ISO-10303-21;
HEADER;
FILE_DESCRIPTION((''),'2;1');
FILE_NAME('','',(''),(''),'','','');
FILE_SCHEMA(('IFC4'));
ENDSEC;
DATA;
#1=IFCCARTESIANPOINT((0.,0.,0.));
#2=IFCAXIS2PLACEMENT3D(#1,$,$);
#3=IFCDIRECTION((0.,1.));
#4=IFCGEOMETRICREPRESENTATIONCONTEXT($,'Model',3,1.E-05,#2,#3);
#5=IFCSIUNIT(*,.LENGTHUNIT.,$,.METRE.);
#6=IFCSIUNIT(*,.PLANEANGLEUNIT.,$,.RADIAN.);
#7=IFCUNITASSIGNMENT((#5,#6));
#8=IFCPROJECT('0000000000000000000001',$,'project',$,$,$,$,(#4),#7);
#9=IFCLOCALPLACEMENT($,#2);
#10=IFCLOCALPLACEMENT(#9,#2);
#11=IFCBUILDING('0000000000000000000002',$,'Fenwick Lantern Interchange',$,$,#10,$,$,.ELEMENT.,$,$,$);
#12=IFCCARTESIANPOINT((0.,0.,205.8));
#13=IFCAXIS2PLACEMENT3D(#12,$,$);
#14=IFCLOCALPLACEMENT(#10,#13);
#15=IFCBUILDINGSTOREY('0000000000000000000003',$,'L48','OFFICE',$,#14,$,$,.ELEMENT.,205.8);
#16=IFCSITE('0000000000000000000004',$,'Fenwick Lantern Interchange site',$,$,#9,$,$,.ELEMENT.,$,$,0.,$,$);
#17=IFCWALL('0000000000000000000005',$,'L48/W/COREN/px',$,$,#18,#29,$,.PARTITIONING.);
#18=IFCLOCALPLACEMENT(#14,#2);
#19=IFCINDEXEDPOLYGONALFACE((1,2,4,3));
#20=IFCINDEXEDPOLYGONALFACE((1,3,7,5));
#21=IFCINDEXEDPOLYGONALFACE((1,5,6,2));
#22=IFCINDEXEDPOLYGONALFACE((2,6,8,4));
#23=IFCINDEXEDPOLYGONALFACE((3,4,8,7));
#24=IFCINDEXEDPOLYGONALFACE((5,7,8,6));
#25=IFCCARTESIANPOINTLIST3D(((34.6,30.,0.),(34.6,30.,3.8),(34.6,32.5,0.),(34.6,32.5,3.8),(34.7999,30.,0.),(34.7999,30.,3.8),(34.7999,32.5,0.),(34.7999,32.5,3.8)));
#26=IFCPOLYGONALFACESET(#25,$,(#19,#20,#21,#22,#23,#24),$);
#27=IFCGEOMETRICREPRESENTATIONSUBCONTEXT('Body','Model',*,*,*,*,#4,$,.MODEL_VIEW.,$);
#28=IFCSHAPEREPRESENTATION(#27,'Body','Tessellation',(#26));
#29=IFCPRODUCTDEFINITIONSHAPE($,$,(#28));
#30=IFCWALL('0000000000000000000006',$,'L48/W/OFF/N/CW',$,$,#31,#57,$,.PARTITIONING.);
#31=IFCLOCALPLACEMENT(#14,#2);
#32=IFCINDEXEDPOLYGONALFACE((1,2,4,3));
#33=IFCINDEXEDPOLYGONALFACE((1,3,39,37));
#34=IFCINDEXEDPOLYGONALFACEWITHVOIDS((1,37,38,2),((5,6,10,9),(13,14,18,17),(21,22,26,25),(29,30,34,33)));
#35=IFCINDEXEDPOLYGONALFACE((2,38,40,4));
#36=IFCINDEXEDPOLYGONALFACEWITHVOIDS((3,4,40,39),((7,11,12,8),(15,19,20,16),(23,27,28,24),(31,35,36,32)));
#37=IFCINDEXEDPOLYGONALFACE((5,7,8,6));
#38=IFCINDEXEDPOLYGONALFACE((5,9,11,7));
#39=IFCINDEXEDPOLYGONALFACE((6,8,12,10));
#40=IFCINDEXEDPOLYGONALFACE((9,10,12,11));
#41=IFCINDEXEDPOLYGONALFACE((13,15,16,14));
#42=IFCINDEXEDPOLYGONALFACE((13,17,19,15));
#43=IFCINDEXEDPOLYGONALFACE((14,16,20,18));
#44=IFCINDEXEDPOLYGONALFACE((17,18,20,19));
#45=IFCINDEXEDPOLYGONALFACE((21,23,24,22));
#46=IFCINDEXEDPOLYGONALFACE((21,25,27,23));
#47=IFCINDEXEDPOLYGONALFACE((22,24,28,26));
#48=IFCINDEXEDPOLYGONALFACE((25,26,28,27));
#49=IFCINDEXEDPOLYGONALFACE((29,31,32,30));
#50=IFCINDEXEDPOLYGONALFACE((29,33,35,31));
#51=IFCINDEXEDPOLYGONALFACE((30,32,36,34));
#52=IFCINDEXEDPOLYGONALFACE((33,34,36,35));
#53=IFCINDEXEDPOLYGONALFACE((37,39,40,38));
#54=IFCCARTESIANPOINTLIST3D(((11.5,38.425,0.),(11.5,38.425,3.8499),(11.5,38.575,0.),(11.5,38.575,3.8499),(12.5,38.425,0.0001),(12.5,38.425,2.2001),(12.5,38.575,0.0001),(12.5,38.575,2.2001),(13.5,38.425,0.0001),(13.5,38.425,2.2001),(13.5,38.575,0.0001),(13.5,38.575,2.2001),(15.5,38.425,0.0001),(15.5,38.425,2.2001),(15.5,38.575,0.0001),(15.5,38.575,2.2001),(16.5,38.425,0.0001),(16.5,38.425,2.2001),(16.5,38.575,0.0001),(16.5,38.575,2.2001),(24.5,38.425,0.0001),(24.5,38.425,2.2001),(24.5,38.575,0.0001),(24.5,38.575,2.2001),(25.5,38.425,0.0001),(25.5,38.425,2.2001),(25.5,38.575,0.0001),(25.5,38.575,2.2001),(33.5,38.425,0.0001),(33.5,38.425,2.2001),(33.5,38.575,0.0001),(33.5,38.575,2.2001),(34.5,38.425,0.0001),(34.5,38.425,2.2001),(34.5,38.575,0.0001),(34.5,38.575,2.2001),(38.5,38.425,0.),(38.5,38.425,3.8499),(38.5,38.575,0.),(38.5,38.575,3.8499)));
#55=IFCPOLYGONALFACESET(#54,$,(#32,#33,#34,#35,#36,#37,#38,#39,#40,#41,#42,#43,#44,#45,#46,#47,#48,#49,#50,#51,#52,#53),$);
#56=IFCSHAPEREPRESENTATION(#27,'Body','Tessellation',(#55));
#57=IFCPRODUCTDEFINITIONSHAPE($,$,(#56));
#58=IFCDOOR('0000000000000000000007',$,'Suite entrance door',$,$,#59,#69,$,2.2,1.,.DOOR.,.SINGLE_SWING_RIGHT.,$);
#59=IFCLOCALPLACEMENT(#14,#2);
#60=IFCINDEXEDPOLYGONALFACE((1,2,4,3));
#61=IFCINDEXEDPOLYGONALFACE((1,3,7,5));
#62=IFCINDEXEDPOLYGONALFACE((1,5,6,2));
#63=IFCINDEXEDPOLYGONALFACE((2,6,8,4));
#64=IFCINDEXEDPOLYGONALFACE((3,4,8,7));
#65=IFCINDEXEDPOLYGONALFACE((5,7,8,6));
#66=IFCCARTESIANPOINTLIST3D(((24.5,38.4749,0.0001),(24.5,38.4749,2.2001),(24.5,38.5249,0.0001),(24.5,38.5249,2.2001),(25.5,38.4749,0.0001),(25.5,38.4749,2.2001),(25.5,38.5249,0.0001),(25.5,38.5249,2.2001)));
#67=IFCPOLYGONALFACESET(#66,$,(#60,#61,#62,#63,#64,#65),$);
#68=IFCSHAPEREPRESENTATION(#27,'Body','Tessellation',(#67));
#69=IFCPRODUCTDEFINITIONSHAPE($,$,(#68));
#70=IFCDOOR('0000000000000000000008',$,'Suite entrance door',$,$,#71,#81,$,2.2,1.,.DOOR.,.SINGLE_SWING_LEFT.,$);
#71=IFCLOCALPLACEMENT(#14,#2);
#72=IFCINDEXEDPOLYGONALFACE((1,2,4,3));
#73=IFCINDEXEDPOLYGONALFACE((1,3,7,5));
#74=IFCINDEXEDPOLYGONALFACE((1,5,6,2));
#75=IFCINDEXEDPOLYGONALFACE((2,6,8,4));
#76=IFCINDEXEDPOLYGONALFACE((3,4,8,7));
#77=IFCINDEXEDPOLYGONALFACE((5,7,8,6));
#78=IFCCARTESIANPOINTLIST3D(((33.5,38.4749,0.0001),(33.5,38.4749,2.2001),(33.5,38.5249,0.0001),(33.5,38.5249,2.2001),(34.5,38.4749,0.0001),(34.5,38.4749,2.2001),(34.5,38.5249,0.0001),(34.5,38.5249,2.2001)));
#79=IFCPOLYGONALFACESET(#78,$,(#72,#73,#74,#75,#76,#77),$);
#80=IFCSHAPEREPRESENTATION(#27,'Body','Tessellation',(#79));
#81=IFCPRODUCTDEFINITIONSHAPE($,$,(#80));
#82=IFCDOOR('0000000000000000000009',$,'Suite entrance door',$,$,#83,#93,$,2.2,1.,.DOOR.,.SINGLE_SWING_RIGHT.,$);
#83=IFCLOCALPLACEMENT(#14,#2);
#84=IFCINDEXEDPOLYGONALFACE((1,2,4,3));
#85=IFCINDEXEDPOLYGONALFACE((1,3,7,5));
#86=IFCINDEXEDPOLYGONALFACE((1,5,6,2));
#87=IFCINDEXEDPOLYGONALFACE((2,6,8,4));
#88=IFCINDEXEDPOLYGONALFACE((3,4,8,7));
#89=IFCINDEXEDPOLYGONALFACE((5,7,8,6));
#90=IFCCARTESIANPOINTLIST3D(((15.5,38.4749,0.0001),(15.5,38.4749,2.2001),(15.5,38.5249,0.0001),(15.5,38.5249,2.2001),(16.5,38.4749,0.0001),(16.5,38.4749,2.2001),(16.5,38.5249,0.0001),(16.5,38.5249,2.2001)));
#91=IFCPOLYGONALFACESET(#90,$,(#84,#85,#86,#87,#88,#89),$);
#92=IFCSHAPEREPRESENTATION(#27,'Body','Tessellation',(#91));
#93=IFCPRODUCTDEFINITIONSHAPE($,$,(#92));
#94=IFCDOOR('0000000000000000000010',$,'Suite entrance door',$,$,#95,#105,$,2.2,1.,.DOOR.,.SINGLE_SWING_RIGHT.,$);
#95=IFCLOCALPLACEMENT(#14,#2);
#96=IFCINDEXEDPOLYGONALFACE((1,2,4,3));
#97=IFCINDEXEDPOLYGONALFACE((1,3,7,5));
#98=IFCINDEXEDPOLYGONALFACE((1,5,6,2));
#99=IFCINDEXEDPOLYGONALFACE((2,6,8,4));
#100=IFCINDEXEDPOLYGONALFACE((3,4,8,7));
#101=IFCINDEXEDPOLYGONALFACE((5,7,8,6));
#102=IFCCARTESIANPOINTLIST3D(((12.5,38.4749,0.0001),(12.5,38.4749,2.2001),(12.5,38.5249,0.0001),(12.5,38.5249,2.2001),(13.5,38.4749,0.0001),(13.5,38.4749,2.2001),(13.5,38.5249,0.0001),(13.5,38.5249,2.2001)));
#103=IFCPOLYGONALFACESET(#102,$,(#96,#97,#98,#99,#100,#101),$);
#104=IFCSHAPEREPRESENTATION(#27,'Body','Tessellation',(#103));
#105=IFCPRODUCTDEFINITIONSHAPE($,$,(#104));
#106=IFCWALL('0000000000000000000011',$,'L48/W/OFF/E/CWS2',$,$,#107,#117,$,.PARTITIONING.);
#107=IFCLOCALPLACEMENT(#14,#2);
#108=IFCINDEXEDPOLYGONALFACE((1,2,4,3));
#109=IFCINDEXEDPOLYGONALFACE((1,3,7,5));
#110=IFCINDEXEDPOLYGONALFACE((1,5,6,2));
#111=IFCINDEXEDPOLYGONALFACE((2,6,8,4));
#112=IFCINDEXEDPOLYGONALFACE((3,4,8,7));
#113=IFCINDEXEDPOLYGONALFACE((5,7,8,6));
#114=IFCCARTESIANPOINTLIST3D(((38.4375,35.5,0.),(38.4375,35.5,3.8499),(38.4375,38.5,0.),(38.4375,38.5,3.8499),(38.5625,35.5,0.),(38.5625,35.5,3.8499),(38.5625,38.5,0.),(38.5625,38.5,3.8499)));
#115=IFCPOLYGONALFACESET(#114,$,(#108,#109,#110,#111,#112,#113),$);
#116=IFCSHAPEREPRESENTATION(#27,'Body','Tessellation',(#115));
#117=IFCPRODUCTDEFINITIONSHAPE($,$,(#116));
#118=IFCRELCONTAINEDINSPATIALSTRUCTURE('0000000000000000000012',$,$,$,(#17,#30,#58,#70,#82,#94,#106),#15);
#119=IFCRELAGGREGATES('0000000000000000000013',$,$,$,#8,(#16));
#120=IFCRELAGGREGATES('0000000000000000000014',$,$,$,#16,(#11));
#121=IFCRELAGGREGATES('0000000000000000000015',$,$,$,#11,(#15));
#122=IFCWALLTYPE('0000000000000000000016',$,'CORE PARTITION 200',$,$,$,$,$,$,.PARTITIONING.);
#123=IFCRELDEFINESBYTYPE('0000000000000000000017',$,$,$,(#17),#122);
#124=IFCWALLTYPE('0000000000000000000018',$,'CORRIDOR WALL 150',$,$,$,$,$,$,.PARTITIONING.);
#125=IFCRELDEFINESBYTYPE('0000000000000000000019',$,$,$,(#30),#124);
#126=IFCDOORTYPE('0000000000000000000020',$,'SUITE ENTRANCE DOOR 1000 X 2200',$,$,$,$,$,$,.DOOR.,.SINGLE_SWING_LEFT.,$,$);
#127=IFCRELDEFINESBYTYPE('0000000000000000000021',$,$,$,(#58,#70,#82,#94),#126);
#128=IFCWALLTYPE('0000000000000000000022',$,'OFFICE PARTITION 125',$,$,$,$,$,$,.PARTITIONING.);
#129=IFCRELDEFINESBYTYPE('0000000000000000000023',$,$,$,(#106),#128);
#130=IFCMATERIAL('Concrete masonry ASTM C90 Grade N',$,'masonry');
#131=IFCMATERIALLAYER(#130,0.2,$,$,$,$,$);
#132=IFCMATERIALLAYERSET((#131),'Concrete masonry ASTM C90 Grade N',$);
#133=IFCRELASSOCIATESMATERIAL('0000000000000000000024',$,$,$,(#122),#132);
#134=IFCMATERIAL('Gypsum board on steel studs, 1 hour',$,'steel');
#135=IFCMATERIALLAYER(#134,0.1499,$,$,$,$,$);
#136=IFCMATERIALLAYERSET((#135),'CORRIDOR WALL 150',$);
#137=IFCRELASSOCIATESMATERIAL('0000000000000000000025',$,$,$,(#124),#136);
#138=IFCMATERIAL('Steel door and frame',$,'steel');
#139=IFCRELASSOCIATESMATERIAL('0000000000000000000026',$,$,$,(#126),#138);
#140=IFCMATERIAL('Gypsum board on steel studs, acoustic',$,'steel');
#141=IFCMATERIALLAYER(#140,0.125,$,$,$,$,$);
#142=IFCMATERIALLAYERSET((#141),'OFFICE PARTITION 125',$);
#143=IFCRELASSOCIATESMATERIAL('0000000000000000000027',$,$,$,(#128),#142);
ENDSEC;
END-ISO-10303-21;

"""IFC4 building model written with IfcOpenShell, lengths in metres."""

from ifc_helpers import new_model, si_unit, direction, frame, frame_2d, origin, place, context, subcontext, project, spatial, rectangle, extrude, material, layer, layer_set, type_object, element, fill, save


model = new_model("IFC4")

# Units and contexts
model_context = context("Model", 3, precision=1e-05, world=origin(), true_north=direction((0.0, 1.0)))
body_context = subcontext(model_context, "Body", "Model", "MODEL_VIEW")
ifc_project = project(units=[si_unit("LENGTHUNIT", "METRE"), si_unit("PLANEANGLEUNIT", "RADIAN")], contexts=[model_context])

# Site, building, storey
site_placement = place(None, origin())
site = spatial("IfcSite", under=ifc_project, at=site_placement, Name="Fenwick Lantern Interchange site", CompositionType="ELEMENT", RefElevation=0.0)
building_placement = place(site_placement, origin())
building = spatial("IfcBuilding", under=site, at=building_placement, Name="Fenwick Lantern Interchange", CompositionType="ELEMENT")
storey_placement = place(building_placement, frame((0.0, 0.0, 205.8)))
storey = spatial("IfcBuildingStorey", under=building, at=storey_placement, Name="L48", Description="OFFICE", CompositionType="ELEMENT", Elevation=205.8)

# Wall
ifc_material_1 = material(Name="Concrete masonry ASTM C90 Grade N", Category="masonry")
ifc_layer_1 = layer(ifc_material_1, 0.2)
ifc_layer_set_1 = layer_set([ifc_layer_1], Name="Concrete masonry ASTM C90 Grade N")
wall_type_1 = type_object("IfcWallType", Name="CORE PARTITION 200", PredefinedType="PARTITIONING", material=ifc_layer_set_1)
wall_1_placement = place(storey_placement, frame((34.7, 32.5, 0.0), z_axis=(0.0, 0.0, 1.0), x_axis=(0.0, -1.0, 0.0)))
element("IfcWall", 1, at=wall_1_placement, inside=storey, type_object=wall_type_1, Name="L48/W/COREN/px", PredefinedType="PARTITIONING", context=body_context, shape_type="SweptSolid", body=[
    extrude(rectangle(XDim=2.5, YDim=0.2, at=frame_2d((1.25, 0.0))), origin(), (0.0, 0.0, 1.0), 3.8),
])

# Wall, openings, doors
ifc_material_2 = material(Name="Steel door and frame", Category="steel")
ifc_material_3 = material(Name="Gypsum board on steel studs, 1 hour", Category="steel")
ifc_layer_2 = layer(ifc_material_3, 0.1499)
ifc_layer_set_2 = layer_set([ifc_layer_2], Name="CORRIDOR WALL 150")
wall_type_2 = type_object("IfcWallType", Name="CORRIDOR WALL 150", PredefinedType="PARTITIONING", material=ifc_layer_set_2)
wall_2_placement = place(storey_placement, frame((38.5, 38.5, 0.0), z_axis=(0.0, 0.0, 1.0), x_axis=(-1.0, 0.0, 0.0)))
wall_2 = element("IfcWall", 2, at=wall_2_placement, inside=storey, type_object=wall_type_2, Name="L48/W/OFF/N/CW", PredefinedType="PARTITIONING", context=body_context, shape_type="SweptSolid", body=[
    extrude(rectangle(XDim=27.0, YDim=0.1499, at=frame_2d((13.5, 0.0))), origin(), (0.0, 0.0, 1.0), 3.8499),
])
opening_1_placement = place(wall_2_placement, frame((13.0, 0.0, 0.0)))
opening_1 = element("IfcOpeningElement", 3, at=opening_1_placement, cuts=wall_2, PredefinedType="OPENING", context=body_context, shape_type="SweptSolid", body=[
    extrude(rectangle(XDim=1.0, YDim=2.2, at=frame_2d((0.5, 1.1001))), frame((0.0, 0.085, 0.0), z_axis=(0.0, -1.0, 0.0), x_axis=(1.0, 0.0, 0.0)), (0.0, 0.0, 1.0), 0.1699),
])
opening_2_placement = place(wall_2_placement, frame((4.0, 0.0, 0.0)))
opening_2 = element("IfcOpeningElement", 4, at=opening_2_placement, cuts=wall_2, PredefinedType="OPENING", context=body_context, shape_type="SweptSolid", body=[
    extrude(rectangle(XDim=1.0, YDim=2.2, at=frame_2d((0.5, 1.1001))), frame((0.0, 0.085, 0.0), z_axis=(0.0, -1.0, 0.0), x_axis=(1.0, 0.0, 0.0)), (0.0, 0.0, 1.0), 0.1699),
])
opening_3_placement = place(wall_2_placement, frame((22.0, 0.0, 0.0)))
opening_3 = element("IfcOpeningElement", 5, at=opening_3_placement, cuts=wall_2, PredefinedType="OPENING", context=body_context, shape_type="SweptSolid", body=[
    extrude(rectangle(XDim=1.0, YDim=2.2, at=frame_2d((0.5, 1.1001))), frame((0.0, 0.085, 0.0), z_axis=(0.0, -1.0, 0.0), x_axis=(1.0, 0.0, 0.0)), (0.0, 0.0, 1.0), 0.1699),
])
opening_4_placement = place(wall_2_placement, frame((25.0, 0.0, 0.0)))
opening_4 = element("IfcOpeningElement", 6, at=opening_4_placement, cuts=wall_2, PredefinedType="OPENING", context=body_context, shape_type="SweptSolid", body=[
    extrude(rectangle(XDim=1.0, YDim=2.2, at=frame_2d((0.5, 1.1001))), frame((0.0, 0.085, 0.0), z_axis=(0.0, -1.0, 0.0), x_axis=(1.0, 0.0, 0.0)), (0.0, 0.0, 1.0), 0.1699),
])
door_type_1 = type_object("IfcDoorType", Name="SUITE ENTRANCE DOOR 1000 X 2200", OperationType="SINGLE_SWING_LEFT", PredefinedType="DOOR", material=ifc_material_2)
door_1_placement = place(opening_1_placement, frame((1.0, 0.0, 0.0), z_axis=(0.0, 0.0, 1.0), x_axis=(-1.0, 0.0, 0.0)))
door_1 = element("IfcDoor", 7, at=door_1_placement, inside=storey, type_object=door_type_1, Name="Suite entrance door", OperationType="SINGLE_SWING_RIGHT", OverallHeight=2.2, OverallWidth=1.0, PredefinedType="DOOR", context=body_context, shape_type="SweptSolid", body=[
    extrude(rectangle(XDim=1.0, YDim=2.2, at=frame_2d((0.5, 1.1001))), frame((0.0, 0.0249, 0.0), z_axis=(0.0, -1.0, 0.0), x_axis=(1.0, 0.0, 0.0)), (0.0, 0.0, 1.0), 0.05),
])
fill(opening_1, door_1)
door_2_placement = place(opening_2_placement, frame((1.0, 0.0, 0.0), z_axis=(0.0, 0.0, 1.0), x_axis=(-1.0, 0.0, 0.0)))
door_2 = element("IfcDoor", 8, at=door_2_placement, inside=storey, type_object=door_type_1, Name="Suite entrance door", OperationType="SINGLE_SWING_LEFT", OverallHeight=2.2, OverallWidth=1.0, PredefinedType="DOOR", context=body_context, shape_type="SweptSolid", body=[
    extrude(rectangle(XDim=1.0, YDim=2.2, at=frame_2d((0.5, 1.1001))), frame((0.0, 0.0249, 0.0), z_axis=(0.0, -1.0, 0.0), x_axis=(1.0, 0.0, 0.0)), (0.0, 0.0, 1.0), 0.05),
])
fill(opening_2, door_2)
door_3_placement = place(opening_3_placement, frame((1.0, 0.0, 0.0), z_axis=(0.0, 0.0, 1.0), x_axis=(-1.0, 0.0, 0.0)))
door_3 = element("IfcDoor", 9, at=door_3_placement, inside=storey, type_object=door_type_1, Name="Suite entrance door", OperationType="SINGLE_SWING_RIGHT", OverallHeight=2.2, OverallWidth=1.0, PredefinedType="DOOR", context=body_context, shape_type="SweptSolid", body=[
    extrude(rectangle(XDim=1.0, YDim=2.2, at=frame_2d((0.5, 1.1001))), frame((0.0, 0.0249, 0.0), z_axis=(0.0, -1.0, 0.0), x_axis=(1.0, 0.0, 0.0)), (0.0, 0.0, 1.0), 0.05),
])
fill(opening_3, door_3)
door_4_placement = place(opening_4_placement, frame((1.0, 0.0, 0.0), z_axis=(0.0, 0.0, 1.0), x_axis=(-1.0, 0.0, 0.0)))
door_4 = element("IfcDoor", 10, at=door_4_placement, inside=storey, type_object=door_type_1, Name="Suite entrance door", OperationType="SINGLE_SWING_RIGHT", OverallHeight=2.2, OverallWidth=1.0, PredefinedType="DOOR", context=body_context, shape_type="SweptSolid", body=[
    extrude(rectangle(XDim=1.0, YDim=2.2, at=frame_2d((0.5, 1.1001))), frame((0.0, 0.0249, 0.0), z_axis=(0.0, -1.0, 0.0), x_axis=(1.0, 0.0, 0.0)), (0.0, 0.0, 1.0), 0.05),
])
fill(opening_4, door_4)

# Wall
ifc_material_4 = material(Name="Gypsum board on steel studs, acoustic", Category="steel")
ifc_layer_3 = layer(ifc_material_4, 0.125)
ifc_layer_set_3 = layer_set([ifc_layer_3], Name="OFFICE PARTITION 125")
wall_type_3 = type_object("IfcWallType", Name="OFFICE PARTITION 125", PredefinedType="PARTITIONING", material=ifc_layer_set_3)
wall_3_placement = place(storey_placement, frame((38.5, 35.5, 0.0), z_axis=(0.0, 0.0, 1.0), x_axis=(0.0, 1.0, 0.0)))
element("IfcWall", 11, at=wall_3_placement, inside=storey, type_object=wall_type_3, Name="L48/W/OFF/E/CWS2", PredefinedType="PARTITIONING", context=body_context, shape_type="SweptSolid", body=[
    extrude(rectangle(XDim=3.0, YDim=0.125, at=frame_2d((1.5, 0.0))), origin(), (0.0, 0.0, 1.0), 3.8499),
])

save(model, "model.ifc")
